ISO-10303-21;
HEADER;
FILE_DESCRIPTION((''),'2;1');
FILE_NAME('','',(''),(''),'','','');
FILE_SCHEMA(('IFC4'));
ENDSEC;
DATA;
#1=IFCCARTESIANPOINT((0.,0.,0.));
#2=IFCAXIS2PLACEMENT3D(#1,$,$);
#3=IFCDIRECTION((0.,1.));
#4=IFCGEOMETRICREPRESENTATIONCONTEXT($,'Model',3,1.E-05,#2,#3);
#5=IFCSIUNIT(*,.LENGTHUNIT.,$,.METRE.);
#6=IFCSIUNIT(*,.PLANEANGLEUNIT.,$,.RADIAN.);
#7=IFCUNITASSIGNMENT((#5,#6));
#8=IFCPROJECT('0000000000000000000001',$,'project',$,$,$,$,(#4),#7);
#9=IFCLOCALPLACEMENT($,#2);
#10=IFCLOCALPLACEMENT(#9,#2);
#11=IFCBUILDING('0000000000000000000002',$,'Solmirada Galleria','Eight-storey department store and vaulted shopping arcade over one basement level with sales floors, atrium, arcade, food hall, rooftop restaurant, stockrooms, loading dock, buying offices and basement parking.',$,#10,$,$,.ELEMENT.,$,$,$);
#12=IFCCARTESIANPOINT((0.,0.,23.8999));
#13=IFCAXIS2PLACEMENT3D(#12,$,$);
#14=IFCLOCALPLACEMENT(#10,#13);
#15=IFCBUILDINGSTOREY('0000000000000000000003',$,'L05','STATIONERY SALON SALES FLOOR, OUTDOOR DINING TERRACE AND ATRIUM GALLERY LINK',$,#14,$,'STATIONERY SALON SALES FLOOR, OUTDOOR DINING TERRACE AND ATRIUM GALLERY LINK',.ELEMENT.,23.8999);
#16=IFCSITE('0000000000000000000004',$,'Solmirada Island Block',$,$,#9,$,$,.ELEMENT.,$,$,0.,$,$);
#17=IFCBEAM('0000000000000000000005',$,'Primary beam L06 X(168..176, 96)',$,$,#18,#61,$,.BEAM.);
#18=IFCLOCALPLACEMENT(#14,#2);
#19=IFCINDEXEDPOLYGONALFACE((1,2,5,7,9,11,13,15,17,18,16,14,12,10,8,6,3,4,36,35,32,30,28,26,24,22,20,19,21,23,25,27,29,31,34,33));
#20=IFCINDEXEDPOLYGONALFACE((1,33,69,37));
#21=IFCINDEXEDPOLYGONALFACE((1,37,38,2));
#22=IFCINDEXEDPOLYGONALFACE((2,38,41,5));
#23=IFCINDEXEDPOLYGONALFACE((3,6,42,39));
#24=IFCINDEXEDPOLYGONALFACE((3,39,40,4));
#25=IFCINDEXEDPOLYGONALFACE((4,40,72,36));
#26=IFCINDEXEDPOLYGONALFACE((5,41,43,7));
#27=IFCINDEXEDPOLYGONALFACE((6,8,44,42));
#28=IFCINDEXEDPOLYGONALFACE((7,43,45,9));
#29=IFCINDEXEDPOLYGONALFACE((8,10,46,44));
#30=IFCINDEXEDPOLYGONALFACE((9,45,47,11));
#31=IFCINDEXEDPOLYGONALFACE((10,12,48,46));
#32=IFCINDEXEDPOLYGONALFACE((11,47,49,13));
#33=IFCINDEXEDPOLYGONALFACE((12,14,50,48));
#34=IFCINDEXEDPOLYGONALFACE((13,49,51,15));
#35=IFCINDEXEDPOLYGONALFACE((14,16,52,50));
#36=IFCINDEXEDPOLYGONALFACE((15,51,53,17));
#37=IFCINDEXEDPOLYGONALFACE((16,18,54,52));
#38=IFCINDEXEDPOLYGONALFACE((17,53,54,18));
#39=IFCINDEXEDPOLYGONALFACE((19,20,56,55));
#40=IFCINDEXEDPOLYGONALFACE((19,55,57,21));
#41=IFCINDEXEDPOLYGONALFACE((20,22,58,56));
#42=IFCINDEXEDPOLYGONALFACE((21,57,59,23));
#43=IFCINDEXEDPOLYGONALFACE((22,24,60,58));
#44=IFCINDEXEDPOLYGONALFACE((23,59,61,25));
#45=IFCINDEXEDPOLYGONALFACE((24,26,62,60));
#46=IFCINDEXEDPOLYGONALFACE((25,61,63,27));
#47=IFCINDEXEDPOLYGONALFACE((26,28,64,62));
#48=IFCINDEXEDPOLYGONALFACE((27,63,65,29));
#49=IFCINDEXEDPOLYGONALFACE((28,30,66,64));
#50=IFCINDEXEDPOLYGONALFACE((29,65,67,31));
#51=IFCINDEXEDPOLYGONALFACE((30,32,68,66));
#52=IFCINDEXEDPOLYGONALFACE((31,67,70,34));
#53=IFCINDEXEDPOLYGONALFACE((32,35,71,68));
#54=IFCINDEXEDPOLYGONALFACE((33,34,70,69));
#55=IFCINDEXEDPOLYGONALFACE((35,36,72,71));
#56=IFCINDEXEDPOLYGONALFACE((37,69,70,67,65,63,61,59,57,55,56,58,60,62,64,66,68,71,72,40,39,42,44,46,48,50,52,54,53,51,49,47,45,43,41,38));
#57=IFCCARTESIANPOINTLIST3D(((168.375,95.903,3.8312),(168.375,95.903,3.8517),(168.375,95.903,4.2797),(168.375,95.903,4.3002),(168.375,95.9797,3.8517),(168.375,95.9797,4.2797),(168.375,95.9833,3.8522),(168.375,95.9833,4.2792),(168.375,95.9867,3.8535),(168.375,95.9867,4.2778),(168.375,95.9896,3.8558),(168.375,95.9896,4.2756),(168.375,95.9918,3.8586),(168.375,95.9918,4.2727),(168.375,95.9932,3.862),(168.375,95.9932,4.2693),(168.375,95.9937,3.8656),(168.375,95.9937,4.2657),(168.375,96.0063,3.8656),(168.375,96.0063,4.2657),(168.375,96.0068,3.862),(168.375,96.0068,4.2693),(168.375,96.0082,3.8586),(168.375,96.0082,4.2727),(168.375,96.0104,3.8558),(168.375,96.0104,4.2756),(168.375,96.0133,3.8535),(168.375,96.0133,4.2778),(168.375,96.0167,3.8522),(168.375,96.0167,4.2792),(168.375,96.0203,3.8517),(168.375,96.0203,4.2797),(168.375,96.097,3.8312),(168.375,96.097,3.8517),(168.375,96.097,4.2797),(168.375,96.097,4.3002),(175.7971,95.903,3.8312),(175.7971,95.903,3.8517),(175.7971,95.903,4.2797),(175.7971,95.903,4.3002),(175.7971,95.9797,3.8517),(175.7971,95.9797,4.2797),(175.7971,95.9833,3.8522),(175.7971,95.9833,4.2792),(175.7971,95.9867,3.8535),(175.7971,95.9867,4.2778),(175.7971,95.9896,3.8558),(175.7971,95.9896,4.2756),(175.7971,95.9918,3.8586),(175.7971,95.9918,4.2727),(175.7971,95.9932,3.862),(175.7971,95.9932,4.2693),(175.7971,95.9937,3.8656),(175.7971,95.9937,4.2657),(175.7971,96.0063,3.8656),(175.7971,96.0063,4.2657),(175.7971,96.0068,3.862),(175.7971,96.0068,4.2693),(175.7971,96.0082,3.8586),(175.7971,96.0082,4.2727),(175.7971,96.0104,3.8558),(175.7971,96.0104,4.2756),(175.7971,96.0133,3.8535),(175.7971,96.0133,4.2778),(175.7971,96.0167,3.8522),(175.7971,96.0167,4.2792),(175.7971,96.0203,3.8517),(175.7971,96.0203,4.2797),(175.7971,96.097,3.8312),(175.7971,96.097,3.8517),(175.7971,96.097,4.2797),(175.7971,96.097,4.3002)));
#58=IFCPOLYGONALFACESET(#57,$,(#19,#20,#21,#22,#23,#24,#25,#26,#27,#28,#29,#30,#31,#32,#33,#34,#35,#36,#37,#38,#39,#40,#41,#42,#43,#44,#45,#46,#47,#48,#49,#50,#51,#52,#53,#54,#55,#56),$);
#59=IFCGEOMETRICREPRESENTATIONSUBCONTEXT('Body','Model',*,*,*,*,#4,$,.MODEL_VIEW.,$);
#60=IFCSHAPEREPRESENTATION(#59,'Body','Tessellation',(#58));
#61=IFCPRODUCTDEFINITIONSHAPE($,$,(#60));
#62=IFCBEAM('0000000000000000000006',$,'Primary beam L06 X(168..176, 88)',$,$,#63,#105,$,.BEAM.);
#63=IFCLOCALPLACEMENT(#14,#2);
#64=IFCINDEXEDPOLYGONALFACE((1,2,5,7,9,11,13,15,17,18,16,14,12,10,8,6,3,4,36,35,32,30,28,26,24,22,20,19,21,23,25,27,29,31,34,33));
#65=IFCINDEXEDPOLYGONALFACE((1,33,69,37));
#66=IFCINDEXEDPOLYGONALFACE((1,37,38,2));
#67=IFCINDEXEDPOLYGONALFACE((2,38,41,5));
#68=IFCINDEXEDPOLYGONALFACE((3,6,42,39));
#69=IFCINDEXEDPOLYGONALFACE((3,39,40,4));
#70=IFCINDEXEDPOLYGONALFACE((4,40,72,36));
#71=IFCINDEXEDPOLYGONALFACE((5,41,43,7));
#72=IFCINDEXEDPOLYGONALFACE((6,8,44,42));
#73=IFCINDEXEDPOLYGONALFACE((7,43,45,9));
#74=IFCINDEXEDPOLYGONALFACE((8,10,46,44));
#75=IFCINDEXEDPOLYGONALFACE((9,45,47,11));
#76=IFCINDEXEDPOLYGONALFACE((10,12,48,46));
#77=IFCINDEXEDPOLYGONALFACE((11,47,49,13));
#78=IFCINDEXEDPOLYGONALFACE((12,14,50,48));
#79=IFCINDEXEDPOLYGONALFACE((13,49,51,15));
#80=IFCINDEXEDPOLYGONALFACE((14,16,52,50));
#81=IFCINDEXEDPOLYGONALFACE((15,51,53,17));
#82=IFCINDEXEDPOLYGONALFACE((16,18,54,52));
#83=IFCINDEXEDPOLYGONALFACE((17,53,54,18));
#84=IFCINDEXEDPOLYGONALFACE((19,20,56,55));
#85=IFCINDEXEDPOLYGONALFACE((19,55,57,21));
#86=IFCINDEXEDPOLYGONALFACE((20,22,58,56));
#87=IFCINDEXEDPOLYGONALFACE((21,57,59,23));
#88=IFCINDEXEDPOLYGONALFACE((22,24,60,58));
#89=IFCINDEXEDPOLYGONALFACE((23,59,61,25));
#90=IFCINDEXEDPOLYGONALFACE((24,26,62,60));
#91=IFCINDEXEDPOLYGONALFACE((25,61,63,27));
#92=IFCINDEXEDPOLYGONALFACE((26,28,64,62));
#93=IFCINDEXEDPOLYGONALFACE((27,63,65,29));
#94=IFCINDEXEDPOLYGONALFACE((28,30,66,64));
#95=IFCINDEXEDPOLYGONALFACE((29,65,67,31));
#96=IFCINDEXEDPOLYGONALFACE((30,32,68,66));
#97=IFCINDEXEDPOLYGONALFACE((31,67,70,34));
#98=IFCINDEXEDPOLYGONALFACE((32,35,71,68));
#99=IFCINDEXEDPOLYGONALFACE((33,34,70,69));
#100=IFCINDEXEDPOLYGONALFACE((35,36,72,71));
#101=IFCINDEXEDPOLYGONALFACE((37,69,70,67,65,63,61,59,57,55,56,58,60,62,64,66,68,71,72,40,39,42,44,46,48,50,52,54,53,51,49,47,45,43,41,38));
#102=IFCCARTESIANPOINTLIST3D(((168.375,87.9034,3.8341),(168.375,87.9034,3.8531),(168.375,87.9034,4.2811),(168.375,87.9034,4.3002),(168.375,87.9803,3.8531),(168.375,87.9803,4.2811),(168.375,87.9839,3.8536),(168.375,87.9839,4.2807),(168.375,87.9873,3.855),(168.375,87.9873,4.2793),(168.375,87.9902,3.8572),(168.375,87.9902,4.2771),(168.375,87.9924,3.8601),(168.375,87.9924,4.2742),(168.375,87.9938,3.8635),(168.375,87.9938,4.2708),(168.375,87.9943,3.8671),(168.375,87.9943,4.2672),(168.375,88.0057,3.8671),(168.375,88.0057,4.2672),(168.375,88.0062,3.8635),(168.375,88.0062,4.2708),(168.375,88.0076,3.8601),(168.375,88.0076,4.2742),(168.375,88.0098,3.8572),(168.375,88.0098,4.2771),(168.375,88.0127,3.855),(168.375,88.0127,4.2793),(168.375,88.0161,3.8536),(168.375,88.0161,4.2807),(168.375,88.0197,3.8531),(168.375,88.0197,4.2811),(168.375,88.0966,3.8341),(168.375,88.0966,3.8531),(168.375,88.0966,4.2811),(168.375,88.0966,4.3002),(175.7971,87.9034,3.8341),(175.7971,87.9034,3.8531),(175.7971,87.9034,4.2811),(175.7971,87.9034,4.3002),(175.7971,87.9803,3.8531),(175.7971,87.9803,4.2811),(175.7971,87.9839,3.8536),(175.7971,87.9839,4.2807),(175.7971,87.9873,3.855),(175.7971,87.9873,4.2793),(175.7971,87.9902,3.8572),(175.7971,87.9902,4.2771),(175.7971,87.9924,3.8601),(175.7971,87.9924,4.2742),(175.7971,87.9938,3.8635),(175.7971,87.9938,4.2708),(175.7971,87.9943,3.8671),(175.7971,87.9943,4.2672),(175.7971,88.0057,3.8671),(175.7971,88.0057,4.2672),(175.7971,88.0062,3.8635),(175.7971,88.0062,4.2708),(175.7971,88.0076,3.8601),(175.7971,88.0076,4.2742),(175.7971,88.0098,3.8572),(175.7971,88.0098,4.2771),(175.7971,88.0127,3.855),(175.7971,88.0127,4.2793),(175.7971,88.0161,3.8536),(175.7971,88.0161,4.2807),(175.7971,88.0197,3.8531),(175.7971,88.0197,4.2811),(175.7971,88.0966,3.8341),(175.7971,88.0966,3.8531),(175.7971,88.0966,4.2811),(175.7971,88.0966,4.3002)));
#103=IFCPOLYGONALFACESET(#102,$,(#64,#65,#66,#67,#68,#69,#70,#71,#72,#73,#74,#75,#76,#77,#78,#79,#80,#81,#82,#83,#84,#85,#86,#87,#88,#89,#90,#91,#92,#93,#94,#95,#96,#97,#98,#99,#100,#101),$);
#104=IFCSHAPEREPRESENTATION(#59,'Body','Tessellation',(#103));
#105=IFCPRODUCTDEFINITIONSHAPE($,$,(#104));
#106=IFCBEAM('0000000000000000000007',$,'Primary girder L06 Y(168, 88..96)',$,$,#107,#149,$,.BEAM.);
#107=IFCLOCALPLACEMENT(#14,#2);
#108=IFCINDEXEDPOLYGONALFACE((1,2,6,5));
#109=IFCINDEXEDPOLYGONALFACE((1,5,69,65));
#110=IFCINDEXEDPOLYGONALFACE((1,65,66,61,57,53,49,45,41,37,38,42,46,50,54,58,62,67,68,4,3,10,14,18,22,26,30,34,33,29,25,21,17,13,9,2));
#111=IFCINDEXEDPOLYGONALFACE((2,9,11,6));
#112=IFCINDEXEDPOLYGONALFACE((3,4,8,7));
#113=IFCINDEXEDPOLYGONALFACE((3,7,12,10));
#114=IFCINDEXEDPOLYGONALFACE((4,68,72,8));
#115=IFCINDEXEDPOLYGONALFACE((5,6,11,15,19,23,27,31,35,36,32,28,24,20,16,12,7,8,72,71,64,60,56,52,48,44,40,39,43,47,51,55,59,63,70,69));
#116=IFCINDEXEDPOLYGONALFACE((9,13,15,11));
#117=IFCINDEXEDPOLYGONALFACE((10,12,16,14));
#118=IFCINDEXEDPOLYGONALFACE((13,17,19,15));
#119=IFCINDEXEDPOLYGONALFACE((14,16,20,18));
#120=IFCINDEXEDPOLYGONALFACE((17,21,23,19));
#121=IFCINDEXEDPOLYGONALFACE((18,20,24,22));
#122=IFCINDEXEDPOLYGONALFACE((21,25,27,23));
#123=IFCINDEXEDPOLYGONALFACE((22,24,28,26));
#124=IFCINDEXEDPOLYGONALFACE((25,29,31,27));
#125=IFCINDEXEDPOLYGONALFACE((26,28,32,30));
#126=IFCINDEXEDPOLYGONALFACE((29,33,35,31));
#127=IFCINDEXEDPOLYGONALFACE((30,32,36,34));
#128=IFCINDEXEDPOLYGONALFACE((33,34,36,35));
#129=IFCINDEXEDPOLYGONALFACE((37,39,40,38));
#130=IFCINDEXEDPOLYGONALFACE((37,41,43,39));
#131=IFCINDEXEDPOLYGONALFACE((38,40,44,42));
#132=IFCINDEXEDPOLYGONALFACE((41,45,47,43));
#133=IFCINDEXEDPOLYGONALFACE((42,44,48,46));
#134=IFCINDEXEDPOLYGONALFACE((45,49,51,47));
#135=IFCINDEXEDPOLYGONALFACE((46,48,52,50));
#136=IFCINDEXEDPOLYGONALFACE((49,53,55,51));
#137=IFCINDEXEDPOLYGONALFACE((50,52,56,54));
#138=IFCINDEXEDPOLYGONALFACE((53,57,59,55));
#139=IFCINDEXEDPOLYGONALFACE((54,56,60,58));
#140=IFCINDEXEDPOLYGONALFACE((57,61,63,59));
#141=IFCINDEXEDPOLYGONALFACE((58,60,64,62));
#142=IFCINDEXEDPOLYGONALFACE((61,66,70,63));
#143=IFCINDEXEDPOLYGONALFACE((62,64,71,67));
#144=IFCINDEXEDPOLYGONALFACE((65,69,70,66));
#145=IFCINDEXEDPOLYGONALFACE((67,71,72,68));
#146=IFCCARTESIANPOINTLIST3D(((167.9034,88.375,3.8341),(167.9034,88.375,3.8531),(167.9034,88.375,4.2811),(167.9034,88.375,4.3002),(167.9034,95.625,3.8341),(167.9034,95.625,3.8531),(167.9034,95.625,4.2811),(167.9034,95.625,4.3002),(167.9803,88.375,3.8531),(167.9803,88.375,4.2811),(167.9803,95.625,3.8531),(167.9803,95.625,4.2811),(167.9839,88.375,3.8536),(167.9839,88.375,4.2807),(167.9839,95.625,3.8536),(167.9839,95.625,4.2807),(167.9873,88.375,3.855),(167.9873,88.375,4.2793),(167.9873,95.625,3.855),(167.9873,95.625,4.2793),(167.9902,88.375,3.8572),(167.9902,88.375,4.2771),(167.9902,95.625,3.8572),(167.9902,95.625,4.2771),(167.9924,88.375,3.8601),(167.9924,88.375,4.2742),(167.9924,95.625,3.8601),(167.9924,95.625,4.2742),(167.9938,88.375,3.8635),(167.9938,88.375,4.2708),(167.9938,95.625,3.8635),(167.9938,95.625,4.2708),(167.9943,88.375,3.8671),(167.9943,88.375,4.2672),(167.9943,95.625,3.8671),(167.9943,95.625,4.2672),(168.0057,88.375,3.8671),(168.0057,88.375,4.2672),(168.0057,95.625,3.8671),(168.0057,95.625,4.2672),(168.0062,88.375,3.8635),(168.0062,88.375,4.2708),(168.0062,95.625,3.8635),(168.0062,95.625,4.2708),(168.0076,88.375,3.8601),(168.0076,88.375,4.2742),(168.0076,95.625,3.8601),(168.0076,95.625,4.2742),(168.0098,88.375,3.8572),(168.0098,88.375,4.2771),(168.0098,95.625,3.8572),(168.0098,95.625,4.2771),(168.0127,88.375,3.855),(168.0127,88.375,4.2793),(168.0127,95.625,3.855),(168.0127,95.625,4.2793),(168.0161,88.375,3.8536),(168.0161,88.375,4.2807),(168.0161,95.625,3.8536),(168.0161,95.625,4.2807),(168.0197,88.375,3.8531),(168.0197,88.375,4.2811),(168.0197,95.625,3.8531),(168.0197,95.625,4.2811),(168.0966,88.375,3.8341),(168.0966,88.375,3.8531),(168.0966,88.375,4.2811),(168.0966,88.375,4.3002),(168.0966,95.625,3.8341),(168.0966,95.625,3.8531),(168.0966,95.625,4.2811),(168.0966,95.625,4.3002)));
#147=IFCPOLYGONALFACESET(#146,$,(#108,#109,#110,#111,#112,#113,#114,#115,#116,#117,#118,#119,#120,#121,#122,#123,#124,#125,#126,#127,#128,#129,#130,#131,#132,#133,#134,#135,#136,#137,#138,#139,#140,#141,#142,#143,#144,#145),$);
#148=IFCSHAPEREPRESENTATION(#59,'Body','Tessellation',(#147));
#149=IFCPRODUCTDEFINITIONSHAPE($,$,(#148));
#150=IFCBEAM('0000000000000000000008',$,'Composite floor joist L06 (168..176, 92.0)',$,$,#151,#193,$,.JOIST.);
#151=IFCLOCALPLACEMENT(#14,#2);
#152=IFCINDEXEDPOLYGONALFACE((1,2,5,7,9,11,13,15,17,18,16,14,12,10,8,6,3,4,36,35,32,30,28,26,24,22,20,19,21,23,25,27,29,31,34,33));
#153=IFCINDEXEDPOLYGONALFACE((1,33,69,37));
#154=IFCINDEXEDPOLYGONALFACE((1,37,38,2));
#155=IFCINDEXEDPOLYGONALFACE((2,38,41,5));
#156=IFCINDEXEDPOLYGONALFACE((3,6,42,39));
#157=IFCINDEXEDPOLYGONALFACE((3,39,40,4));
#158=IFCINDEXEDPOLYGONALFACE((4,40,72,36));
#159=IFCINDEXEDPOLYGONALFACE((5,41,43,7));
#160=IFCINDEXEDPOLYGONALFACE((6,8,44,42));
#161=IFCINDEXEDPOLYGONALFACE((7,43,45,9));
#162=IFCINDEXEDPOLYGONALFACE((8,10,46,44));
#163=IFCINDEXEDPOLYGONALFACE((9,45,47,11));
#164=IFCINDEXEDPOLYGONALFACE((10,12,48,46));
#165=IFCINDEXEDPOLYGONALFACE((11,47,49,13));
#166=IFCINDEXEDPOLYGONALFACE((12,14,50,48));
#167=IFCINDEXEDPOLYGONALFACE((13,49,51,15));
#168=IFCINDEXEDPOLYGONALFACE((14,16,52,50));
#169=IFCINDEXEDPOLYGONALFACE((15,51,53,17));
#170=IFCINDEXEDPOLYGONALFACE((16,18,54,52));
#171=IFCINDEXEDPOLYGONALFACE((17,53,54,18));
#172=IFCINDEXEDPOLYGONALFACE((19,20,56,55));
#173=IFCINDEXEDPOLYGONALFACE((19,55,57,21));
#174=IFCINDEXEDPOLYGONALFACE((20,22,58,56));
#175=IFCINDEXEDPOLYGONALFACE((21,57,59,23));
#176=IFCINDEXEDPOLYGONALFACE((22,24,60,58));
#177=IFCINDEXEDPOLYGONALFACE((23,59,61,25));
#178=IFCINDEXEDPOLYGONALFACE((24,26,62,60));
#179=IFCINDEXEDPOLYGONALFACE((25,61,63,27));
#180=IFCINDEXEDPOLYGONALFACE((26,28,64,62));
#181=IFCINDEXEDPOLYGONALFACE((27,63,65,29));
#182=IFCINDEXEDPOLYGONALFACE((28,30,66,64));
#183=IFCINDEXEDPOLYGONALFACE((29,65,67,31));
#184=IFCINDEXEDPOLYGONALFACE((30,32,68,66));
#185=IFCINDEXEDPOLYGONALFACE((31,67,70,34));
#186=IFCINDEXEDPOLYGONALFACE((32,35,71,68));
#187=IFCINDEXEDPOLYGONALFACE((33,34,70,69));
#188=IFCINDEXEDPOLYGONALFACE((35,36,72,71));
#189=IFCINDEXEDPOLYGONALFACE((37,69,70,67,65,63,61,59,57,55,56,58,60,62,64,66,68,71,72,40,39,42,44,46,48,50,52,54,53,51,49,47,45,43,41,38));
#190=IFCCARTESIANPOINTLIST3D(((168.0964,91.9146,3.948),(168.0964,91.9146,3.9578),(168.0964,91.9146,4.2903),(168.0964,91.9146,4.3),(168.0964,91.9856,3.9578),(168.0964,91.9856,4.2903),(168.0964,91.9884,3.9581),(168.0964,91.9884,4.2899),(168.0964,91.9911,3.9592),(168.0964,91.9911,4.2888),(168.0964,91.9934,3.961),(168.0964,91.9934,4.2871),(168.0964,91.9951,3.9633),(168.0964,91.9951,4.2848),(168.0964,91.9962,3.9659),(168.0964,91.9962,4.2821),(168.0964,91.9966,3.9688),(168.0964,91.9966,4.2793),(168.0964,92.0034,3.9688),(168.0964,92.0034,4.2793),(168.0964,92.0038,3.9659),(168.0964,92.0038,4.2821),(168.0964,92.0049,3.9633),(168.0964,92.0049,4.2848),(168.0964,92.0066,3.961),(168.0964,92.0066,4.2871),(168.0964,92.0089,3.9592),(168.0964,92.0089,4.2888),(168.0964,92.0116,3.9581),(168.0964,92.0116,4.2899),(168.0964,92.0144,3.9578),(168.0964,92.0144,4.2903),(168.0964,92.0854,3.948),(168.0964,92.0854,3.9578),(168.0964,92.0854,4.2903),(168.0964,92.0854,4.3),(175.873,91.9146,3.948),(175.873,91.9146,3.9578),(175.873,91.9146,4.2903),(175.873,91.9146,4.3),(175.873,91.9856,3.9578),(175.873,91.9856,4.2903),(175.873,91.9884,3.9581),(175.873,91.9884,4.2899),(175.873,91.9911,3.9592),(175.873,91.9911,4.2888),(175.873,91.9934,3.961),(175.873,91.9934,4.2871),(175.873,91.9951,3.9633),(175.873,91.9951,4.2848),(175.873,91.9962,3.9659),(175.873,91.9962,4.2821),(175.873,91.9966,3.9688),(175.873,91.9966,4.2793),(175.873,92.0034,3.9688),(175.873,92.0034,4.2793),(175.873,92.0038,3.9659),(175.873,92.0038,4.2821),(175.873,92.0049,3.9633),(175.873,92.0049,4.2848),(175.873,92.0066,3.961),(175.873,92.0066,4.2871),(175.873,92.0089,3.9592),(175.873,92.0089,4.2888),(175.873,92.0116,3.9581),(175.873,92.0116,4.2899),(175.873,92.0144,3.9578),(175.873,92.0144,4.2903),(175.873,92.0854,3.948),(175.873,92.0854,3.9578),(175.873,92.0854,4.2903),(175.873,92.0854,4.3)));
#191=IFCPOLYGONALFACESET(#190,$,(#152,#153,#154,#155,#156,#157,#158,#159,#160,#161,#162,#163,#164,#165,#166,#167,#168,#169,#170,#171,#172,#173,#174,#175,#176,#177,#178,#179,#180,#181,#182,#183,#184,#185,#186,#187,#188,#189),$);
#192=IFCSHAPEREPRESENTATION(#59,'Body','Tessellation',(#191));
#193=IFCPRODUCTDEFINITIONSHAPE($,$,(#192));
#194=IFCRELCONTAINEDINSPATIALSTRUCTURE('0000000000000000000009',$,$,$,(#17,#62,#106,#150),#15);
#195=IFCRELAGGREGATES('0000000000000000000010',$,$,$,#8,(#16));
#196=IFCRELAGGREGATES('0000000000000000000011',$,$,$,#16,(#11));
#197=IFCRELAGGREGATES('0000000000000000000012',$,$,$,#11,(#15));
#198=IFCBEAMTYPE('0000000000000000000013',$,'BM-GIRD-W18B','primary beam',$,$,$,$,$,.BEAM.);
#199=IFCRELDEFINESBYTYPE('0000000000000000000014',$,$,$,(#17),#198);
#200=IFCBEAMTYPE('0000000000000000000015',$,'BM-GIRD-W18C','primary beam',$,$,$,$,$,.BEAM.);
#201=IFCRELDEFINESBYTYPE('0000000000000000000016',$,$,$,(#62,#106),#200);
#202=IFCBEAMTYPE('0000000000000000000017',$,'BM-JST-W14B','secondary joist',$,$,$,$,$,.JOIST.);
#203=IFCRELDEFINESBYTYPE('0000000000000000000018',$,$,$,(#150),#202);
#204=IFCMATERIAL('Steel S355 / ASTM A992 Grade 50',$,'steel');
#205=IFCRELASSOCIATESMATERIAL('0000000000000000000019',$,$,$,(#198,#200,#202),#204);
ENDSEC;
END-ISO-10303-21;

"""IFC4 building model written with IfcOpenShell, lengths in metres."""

from ifc_helpers import new_model, si_unit, direction, frame, origin, origin_2d, place, context, subcontext, project, spatial, i_section, extrude, material, material_profile, profile_set, type_object, element, save


model = new_model("IFC4")

# Units and contexts
model_context = context("Model", 3, precision=1e-05, world=origin(), true_north=direction((0.0, 1.0)))
body_context = subcontext(model_context, "Body", "Model", "MODEL_VIEW")
ifc_project = project(units=[si_unit("LENGTHUNIT", "METRE"), si_unit("PLANEANGLEUNIT", "RADIAN")], contexts=[model_context])

# Site, building, storey
site_placement = place(None, origin())
site = spatial("IfcSite", under=ifc_project, at=site_placement, Name="Solmirada Island Block", CompositionType="ELEMENT", RefElevation=0.0)
building_placement = place(site_placement, origin())
building = spatial("IfcBuilding", under=site, at=building_placement, Name="Solmirada Galleria", Description="Eight-storey department store and vaulted shopping arcade over one basement level with sales floors, atrium, arcade, food hall, rooftop restaurant, stockrooms, loading dock, buying offices and basement parking.", CompositionType="ELEMENT")
storey_placement = place(building_placement, frame((0.0, 0.0, 23.8999)))
storey = spatial("IfcBuildingStorey", under=building, at=storey_placement, Name="L05", Description="STATIONERY SALON SALES FLOOR, OUTDOOR DINING TERRACE AND ATRIUM GALLERY LINK", LongName="STATIONERY SALON SALES FLOOR, OUTDOOR DINING TERRACE AND ATRIUM GALLERY LINK", CompositionType="ELEMENT", Elevation=23.8999)

# Beams
ifc_material_1 = material(Name="Steel S355 / ASTM A992 Grade 50", Category="steel")
ifc_material_profile_1 = material_profile(ifc_material_1, i_section(OverallWidth=0.1941, OverallDepth=0.469, WebThickness=0.0127, FlangeThickness=0.0205, FilletRadius=0.0139, at=origin_2d()), Name="W18X71")
ifc_profile_set_1 = profile_set([ifc_material_profile_1], Name="Steel S355 / ASTM A992 Grade 50")
beam_type_1 = type_object("IfcBeamType", Name="BM-GIRD-W18B", Description="primary beam", PredefinedType="BEAM", material=ifc_profile_set_1)
beam_1_placement = place(storey_placement, frame((168.375, 96.0, 4.0657), z_axis=(1.0, 0.0, 0.0), x_axis=(0.0, 1.0, 0.0)))
element("IfcBeam", 1, at=beam_1_placement, inside=storey, type_object=beam_type_1, Name="Primary beam L06 X(168..176, 96)", PredefinedType="BEAM", context=body_context, shape_type="SweptSolid", body=[
    extrude(i_section(OverallWidth=0.1941, OverallDepth=0.469, WebThickness=0.0127, FlangeThickness=0.0205, FilletRadius=0.0139, at=origin_2d()), origin(), (0.0, 0.0, 1.0), 7.4221),
])
ifc_material_profile_2 = material_profile(ifc_material_1, i_section(OverallWidth=0.1931, OverallDepth=0.4661, WebThickness=0.0115, FlangeThickness=0.019, FilletRadius=0.0139, at=origin_2d()), Name="W18X65")
ifc_profile_set_2 = profile_set([ifc_material_profile_2], Name="Steel S355 / ASTM A992 Grade 50")
beam_type_2 = type_object("IfcBeamType", Name="BM-GIRD-W18C", Description="primary beam", PredefinedType="BEAM", material=ifc_profile_set_2)
beam_2_placement = place(storey_placement, frame((168.375, 88.0, 4.0671), z_axis=(1.0, 0.0, 0.0), x_axis=(0.0, 1.0, 0.0)))
element("IfcBeam", 2, at=beam_2_placement, inside=storey, type_object=beam_type_2, Name="Primary beam L06 X(168..176, 88)", PredefinedType="BEAM", context=body_context, shape_type="SweptSolid", body=[
    extrude(i_section(OverallWidth=0.1931, OverallDepth=0.4661, WebThickness=0.0115, FlangeThickness=0.019, FilletRadius=0.0139, at=origin_2d()), origin(), (0.0, 0.0, 1.0), 7.4221),
])
beam_3_placement = place(storey_placement, frame((168.0, 88.375, 4.0671), z_axis=(0.0, 1.0, 0.0), x_axis=(-1.0, 0.0, 0.0)))
element("IfcBeam", 3, at=beam_3_placement, inside=storey, type_object=beam_type_2, Name="Primary girder L06 Y(168, 88..96)", PredefinedType="BEAM", context=body_context, shape_type="SweptSolid", body=[
    extrude(i_section(OverallWidth=0.1931, OverallDepth=0.4661, WebThickness=0.0115, FlangeThickness=0.019, FilletRadius=0.0139, at=origin_2d()), origin(), (0.0, 0.0, 1.0), 7.25),
])
ifc_material_profile_3 = material_profile(ifc_material_1, i_section(OverallWidth=0.1709, OverallDepth=0.3521, WebThickness=0.0068, FlangeThickness=0.0098, FilletRadius=0.011, at=origin_2d()), Name="W14X30")
ifc_profile_set_3 = profile_set([ifc_material_profile_3], Name="Steel S355 / ASTM A992 Grade 50")
beam_type_3 = type_object("IfcBeamType", Name="BM-JST-W14B", Description="secondary joist", PredefinedType="JOIST", material=ifc_profile_set_3)
beam_4_placement = place(storey_placement, frame((168.0964, 92.0, 4.124), z_axis=(1.0, 0.0, 0.0), x_axis=(0.0, 1.0, 0.0)))
element("IfcBeam", 4, at=beam_4_placement, inside=storey, type_object=beam_type_3, Name="Composite floor joist L06 (168..176, 92.0)", PredefinedType="JOIST", context=body_context, shape_type="SweptSolid", body=[
    extrude(i_section(OverallWidth=0.1709, OverallDepth=0.3521, WebThickness=0.0068, FlangeThickness=0.0098, FilletRadius=0.011, at=origin_2d()), origin(), (0.0, 0.0, 1.0), 7.7766),
])

save(model, "model.ifc")
